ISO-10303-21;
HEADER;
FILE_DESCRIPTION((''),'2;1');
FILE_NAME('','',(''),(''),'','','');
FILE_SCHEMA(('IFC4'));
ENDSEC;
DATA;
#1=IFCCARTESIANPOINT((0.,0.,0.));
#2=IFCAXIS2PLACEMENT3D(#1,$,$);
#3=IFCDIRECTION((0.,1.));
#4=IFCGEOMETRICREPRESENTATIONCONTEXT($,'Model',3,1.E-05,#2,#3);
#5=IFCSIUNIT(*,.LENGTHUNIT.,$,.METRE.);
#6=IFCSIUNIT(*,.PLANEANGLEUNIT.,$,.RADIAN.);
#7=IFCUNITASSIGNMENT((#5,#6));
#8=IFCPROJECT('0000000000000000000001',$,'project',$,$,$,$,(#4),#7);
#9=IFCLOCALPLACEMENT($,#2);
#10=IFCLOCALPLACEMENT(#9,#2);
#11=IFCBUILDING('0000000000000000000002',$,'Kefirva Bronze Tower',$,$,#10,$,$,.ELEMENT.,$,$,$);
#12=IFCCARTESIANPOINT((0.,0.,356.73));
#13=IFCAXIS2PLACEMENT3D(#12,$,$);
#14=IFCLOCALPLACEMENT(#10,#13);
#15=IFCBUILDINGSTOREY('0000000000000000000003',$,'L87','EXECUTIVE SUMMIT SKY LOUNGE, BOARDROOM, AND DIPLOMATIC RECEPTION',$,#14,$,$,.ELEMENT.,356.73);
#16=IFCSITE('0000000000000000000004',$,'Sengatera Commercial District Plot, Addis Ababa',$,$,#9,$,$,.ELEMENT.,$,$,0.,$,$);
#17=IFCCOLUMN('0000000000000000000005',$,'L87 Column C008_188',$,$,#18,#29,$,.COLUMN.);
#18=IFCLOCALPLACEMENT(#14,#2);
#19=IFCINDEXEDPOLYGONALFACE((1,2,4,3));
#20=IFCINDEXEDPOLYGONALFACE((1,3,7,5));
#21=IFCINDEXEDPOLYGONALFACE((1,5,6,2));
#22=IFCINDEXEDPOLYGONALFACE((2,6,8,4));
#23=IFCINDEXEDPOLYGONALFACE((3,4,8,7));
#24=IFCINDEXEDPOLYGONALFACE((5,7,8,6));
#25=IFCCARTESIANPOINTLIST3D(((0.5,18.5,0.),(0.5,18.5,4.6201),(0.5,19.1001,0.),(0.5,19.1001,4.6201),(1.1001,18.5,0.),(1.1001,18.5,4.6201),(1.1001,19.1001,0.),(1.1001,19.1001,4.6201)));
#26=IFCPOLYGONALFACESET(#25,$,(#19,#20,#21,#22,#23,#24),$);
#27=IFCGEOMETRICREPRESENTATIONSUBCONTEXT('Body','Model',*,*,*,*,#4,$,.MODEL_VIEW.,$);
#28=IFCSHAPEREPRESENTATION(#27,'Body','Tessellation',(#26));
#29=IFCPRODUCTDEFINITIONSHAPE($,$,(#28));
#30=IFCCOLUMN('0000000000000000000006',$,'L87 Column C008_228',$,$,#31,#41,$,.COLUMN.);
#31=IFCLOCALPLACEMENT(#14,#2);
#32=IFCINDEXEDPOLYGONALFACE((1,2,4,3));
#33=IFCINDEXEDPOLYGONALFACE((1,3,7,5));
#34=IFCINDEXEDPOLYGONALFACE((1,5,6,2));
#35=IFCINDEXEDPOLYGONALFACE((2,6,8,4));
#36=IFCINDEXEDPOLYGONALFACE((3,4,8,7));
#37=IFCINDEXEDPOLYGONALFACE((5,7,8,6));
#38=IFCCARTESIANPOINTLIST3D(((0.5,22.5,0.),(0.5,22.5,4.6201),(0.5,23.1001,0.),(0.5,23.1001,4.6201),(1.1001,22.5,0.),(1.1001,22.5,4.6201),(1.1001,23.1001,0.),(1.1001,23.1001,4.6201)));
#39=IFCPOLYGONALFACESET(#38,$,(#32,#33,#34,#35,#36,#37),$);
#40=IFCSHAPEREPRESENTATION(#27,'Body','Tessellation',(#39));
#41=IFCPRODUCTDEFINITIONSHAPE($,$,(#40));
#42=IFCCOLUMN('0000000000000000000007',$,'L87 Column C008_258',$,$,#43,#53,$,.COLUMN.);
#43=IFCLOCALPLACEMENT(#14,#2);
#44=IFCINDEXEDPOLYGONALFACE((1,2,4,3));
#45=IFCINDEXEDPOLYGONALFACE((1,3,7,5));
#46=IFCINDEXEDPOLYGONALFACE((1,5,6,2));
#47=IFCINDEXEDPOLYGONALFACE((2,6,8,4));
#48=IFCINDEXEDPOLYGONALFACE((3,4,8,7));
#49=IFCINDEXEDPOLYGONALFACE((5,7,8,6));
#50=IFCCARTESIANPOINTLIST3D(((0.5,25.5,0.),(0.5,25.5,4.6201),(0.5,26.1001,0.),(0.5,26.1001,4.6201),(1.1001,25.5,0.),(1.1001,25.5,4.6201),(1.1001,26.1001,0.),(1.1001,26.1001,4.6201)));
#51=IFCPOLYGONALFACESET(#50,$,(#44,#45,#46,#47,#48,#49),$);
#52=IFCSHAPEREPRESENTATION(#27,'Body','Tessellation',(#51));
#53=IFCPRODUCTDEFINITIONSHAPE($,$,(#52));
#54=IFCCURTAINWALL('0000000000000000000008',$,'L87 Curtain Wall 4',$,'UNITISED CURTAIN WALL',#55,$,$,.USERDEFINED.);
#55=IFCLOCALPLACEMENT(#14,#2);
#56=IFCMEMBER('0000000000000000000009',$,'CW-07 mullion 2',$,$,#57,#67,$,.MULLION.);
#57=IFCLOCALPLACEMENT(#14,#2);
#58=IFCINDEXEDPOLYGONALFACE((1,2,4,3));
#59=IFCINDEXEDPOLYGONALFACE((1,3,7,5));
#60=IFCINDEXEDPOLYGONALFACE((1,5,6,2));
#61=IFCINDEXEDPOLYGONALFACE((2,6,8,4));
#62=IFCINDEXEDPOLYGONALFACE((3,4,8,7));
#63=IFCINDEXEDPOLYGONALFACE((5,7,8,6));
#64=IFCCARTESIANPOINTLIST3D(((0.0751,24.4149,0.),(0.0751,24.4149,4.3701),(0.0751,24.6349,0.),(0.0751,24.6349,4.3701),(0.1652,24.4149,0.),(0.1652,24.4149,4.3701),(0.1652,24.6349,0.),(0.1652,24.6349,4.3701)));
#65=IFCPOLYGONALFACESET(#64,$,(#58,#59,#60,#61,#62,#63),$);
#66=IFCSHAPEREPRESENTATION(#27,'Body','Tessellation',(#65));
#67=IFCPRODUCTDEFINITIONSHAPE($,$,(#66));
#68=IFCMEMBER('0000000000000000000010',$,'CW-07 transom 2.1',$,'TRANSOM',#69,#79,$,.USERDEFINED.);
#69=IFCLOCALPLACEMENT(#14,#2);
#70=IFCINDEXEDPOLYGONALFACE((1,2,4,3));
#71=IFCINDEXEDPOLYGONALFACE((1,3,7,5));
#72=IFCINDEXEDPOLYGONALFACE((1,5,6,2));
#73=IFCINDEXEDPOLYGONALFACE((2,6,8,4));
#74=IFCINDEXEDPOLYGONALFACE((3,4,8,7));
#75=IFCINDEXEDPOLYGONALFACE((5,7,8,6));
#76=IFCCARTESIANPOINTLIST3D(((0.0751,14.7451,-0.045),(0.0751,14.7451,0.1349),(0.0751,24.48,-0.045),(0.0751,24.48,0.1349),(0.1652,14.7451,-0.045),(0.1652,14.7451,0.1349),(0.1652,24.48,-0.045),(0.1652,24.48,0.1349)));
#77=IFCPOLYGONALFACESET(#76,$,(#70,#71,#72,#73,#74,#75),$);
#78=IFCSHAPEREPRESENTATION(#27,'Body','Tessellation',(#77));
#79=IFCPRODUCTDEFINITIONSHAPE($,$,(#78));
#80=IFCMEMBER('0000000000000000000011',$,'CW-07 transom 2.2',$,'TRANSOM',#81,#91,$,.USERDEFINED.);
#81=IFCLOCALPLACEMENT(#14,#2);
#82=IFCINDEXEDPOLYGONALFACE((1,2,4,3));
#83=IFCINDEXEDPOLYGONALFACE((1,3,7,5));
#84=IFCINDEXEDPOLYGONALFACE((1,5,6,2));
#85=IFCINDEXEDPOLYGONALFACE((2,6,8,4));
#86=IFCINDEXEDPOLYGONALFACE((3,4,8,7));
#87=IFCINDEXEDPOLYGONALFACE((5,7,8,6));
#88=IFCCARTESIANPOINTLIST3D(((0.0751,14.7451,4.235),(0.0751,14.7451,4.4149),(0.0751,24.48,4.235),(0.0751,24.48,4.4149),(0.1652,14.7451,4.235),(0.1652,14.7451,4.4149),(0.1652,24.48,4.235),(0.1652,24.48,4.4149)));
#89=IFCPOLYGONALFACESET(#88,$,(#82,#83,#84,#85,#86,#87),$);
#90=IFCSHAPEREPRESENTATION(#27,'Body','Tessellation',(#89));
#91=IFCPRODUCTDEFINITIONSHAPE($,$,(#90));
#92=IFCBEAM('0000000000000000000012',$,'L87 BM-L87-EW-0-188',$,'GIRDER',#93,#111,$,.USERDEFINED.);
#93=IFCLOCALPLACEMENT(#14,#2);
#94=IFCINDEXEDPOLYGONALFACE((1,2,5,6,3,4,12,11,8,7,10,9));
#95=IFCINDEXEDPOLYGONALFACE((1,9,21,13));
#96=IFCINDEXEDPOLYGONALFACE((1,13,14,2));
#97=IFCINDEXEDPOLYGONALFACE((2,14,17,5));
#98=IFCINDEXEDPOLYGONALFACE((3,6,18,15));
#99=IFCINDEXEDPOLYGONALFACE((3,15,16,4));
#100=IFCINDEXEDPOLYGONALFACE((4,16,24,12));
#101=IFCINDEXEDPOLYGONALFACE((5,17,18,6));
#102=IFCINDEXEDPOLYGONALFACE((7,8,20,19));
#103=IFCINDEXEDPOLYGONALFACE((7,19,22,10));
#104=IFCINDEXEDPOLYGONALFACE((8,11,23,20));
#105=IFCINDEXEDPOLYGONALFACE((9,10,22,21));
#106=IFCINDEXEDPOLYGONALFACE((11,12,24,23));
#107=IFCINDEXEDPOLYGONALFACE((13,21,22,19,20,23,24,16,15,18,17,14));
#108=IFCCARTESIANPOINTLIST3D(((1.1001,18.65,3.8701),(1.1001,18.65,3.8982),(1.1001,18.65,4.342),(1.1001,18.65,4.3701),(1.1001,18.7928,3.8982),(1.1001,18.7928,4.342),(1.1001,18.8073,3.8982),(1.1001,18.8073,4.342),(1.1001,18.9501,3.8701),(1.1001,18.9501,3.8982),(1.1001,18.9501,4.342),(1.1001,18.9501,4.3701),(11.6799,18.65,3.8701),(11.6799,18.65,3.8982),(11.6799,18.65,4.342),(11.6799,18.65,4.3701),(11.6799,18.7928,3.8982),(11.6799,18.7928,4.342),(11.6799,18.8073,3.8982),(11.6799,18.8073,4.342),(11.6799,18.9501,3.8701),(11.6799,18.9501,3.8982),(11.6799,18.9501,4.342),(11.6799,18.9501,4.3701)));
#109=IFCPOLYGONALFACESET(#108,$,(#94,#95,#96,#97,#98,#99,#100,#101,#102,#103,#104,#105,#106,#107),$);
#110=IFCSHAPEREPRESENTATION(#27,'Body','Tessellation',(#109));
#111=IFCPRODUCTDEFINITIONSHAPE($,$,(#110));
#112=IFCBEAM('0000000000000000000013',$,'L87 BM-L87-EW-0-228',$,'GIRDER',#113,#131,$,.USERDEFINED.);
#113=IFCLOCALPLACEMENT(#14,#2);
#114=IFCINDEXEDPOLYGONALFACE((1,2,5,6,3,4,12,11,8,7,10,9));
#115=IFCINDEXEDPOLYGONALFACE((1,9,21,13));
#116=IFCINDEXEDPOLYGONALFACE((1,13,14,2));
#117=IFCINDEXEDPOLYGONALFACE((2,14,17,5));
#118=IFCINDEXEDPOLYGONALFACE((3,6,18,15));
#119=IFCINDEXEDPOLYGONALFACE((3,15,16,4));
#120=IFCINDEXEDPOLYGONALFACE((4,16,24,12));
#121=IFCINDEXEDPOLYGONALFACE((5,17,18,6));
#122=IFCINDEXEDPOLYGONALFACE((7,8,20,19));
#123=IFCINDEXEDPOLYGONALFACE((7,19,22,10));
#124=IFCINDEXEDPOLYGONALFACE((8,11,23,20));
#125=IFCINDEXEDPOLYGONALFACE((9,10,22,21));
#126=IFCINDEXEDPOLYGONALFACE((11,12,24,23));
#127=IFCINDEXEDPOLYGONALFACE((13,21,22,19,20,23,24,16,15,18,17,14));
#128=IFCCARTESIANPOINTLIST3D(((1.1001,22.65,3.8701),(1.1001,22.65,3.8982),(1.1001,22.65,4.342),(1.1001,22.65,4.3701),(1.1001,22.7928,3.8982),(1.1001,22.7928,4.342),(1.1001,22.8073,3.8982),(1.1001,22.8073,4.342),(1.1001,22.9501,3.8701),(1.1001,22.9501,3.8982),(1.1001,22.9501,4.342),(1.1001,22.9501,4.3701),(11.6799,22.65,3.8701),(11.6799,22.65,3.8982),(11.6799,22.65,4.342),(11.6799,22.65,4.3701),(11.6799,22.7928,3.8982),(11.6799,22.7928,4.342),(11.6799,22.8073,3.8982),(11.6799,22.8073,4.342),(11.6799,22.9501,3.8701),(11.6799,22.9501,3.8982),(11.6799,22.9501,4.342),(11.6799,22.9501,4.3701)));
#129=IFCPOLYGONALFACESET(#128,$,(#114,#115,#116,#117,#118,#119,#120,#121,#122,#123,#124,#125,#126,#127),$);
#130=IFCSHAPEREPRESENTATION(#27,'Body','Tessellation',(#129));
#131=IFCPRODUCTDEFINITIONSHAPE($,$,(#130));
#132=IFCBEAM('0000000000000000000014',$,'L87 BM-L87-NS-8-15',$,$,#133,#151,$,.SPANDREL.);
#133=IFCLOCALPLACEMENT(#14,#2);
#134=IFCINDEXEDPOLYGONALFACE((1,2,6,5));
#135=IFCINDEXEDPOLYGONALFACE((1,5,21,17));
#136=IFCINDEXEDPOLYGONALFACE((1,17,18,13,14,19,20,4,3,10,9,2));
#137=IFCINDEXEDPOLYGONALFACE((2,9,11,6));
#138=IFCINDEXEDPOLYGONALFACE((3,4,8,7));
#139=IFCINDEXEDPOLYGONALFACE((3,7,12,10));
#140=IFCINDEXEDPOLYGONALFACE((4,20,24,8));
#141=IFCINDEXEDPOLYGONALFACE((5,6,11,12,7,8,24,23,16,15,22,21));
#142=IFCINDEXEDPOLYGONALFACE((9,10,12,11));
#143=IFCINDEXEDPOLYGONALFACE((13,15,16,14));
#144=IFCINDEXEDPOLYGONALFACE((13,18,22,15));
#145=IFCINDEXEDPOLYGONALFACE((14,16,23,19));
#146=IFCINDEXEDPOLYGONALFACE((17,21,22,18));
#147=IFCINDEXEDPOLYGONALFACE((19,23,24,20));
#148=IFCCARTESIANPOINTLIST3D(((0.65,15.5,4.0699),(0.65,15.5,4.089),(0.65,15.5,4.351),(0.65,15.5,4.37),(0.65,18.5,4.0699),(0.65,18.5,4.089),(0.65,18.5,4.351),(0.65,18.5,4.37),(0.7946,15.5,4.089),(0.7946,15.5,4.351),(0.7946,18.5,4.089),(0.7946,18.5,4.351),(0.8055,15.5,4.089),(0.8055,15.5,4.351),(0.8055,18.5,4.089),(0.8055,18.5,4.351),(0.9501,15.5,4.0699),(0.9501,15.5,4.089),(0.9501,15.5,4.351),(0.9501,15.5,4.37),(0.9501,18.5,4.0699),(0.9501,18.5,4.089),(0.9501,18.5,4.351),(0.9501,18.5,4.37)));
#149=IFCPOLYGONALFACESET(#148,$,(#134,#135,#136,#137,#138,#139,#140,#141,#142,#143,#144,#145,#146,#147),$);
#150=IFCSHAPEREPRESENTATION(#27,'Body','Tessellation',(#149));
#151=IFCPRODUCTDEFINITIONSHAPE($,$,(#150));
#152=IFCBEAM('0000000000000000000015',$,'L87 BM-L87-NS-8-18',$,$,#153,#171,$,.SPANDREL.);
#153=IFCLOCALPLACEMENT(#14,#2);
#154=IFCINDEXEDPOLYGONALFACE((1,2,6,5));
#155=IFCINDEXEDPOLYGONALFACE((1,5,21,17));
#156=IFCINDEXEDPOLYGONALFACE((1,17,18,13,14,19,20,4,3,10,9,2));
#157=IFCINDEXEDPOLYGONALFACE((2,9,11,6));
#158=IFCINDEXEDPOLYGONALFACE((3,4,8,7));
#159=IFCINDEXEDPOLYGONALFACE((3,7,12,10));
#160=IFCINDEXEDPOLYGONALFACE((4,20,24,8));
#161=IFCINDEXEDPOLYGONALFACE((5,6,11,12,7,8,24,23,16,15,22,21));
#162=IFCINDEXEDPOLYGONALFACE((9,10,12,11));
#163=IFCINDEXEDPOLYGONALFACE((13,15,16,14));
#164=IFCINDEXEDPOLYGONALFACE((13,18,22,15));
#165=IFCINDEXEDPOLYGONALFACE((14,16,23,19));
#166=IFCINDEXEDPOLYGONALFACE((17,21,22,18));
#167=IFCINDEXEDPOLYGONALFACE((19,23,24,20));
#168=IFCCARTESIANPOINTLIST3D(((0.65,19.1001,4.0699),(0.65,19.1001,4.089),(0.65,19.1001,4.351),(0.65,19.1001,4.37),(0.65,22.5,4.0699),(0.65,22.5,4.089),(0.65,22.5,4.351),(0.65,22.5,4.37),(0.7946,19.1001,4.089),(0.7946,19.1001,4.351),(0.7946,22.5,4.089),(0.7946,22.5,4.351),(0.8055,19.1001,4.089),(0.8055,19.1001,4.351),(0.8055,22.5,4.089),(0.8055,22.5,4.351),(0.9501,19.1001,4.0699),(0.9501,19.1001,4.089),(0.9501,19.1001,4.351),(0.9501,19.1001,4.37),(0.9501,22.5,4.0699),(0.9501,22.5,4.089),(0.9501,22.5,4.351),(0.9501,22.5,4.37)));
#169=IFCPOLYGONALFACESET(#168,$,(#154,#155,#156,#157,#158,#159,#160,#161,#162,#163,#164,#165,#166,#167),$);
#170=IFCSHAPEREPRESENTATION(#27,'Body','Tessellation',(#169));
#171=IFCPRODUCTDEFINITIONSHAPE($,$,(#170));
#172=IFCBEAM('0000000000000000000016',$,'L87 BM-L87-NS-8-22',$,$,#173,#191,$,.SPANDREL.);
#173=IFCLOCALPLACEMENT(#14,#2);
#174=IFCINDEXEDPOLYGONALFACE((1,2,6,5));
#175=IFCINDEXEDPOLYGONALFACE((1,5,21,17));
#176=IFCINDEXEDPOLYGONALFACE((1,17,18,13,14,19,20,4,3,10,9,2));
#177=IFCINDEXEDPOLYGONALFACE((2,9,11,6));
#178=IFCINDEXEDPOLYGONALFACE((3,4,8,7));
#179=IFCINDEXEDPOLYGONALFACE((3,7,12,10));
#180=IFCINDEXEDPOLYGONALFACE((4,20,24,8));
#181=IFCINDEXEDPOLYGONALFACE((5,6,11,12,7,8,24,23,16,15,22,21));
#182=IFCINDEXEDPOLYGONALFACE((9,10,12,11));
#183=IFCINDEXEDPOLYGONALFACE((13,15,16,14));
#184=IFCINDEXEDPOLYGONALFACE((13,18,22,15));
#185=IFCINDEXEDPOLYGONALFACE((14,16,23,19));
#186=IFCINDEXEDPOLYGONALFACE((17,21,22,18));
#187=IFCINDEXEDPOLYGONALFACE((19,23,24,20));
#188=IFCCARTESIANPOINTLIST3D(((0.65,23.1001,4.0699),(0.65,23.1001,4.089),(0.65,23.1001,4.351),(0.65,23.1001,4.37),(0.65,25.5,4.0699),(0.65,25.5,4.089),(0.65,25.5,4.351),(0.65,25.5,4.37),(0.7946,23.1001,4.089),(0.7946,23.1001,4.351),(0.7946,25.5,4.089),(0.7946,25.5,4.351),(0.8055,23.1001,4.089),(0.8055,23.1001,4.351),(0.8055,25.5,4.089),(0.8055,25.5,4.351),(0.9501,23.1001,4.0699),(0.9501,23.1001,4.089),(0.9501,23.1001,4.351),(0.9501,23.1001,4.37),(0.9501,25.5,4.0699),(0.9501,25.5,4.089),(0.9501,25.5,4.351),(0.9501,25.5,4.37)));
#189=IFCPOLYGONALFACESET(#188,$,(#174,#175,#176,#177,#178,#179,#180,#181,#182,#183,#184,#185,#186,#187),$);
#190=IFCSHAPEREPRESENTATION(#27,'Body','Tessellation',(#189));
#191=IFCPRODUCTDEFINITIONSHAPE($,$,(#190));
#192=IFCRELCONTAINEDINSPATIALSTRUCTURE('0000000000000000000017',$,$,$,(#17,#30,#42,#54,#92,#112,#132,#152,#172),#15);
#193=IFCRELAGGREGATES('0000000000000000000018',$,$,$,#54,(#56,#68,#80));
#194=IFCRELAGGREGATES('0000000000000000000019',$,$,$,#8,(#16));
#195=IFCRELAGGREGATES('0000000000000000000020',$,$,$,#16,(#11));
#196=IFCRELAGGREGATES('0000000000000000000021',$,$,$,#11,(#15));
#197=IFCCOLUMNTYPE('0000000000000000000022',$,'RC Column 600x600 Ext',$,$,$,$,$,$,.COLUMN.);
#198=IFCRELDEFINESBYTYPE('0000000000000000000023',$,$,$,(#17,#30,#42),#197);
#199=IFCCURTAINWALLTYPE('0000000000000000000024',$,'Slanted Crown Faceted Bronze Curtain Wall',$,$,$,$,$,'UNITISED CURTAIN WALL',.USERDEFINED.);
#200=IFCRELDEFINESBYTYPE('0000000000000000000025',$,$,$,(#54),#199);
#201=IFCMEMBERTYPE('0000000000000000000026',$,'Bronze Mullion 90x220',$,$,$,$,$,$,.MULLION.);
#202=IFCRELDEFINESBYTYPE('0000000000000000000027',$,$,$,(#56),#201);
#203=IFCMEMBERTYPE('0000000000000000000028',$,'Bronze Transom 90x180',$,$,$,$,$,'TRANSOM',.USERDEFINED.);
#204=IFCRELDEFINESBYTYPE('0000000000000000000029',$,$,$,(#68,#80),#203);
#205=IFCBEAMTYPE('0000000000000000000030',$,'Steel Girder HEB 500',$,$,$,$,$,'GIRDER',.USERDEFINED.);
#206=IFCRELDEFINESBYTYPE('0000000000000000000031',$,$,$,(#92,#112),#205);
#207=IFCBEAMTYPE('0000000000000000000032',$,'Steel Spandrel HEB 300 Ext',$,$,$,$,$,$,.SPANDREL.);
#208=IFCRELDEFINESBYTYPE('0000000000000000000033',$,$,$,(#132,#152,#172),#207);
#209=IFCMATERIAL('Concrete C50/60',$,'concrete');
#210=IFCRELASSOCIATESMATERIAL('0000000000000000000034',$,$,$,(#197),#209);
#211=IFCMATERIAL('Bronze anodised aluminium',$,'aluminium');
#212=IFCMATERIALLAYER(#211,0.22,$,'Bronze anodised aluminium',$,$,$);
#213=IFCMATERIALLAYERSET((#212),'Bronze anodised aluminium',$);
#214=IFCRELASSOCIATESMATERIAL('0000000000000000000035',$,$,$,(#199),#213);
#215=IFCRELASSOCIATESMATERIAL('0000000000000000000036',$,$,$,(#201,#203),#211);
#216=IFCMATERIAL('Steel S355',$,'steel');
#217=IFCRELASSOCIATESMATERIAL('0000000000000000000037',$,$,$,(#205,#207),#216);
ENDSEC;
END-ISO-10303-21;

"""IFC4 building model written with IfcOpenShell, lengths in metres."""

from ifc_helpers import new_model, si_unit, direction, frame, origin, origin_2d, place, context, subcontext, project, spatial, rectangle, i_section, extrude, material, layer, layer_set, material_profile, profile_set, type_object, element, aggregate, save


model = new_model("IFC4")

# Units and contexts
model_context = context("Model", 3, precision=1e-05, world=origin(), true_north=direction((0.0, 1.0)))
body_context = subcontext(model_context, "Body", "Model", "MODEL_VIEW")
ifc_project = project(units=[si_unit("LENGTHUNIT", "METRE"), si_unit("PLANEANGLEUNIT", "RADIAN")], contexts=[model_context])

# Site, building, storey
site_placement = place(None, origin())
site = spatial("IfcSite", under=ifc_project, at=site_placement, Name="Sengatera Commercial District Plot, Addis Ababa", CompositionType="ELEMENT", RefElevation=0.0)
building_placement = place(site_placement, origin())
building = spatial("IfcBuilding", under=site, at=building_placement, Name="Kefirva Bronze Tower", CompositionType="ELEMENT")
storey_placement = place(building_placement, frame((0.0, 0.0, 356.73)))
storey = spatial("IfcBuildingStorey", under=building, at=storey_placement, Name="L87", Description="EXECUTIVE SUMMIT SKY LOUNGE, BOARDROOM, AND DIPLOMATIC RECEPTION", CompositionType="ELEMENT", Elevation=356.73)

# Columns
ifc_material_1 = material(Name="Concrete C50/60", Category="concrete")
ifc_material_profile_1 = material_profile(ifc_material_1, rectangle(XDim=0.6001, YDim=0.6001, at=origin_2d()), Name="RC 600x600")
ifc_profile_set_1 = profile_set([ifc_material_profile_1], Name="Concrete C50/60")
column_type = type_object("IfcColumnType", Name="RC Column 600x600 Ext", PredefinedType="COLUMN", material=ifc_profile_set_1)
for number, where, z_axis, x_axis, name in (
    (1, (0.8, 18.8, 0.0), (0.0, 0.0, 1.0), (1.0, 0.0, 0.0), "L87 Column C008_188"),
    (2, (0.8, 22.8, 0.0), (0.0, 0.0, 1.0), (1.0, 0.0, 0.0), "L87 Column C008_228"),
    (3, (0.8, 25.8, 0.0), (0.0, 0.0, 1.0), (1.0, 0.0, 0.0), "L87 Column C008_258"),
):
    element("IfcColumn", number, at=place(storey_placement, frame(where, z_axis=z_axis, x_axis=x_axis)), inside=storey, type_object=column_type, Name=name, PredefinedType="COLUMN", context=body_context, shape_type="SweptSolid", body=[
        extrude(rectangle(XDim=0.6001, YDim=0.6001, at=origin_2d()), origin(), (0.0, 0.0, 1.0), 4.6201),
    ])

# Curtain wall, members
ifc_material_2 = material(Name="Bronze anodised aluminium", Category="aluminium")
ifc_layer_1 = layer(ifc_material_2, 0.22, Name="Bronze anodised aluminium")
ifc_layer_set_1 = layer_set([ifc_layer_1], Name="Bronze anodised aluminium")
curtain_wall_type = type_object("IfcCurtainWallType", Name="Slanted Crown Faceted Bronze Curtain Wall", ElementType="UNITISED CURTAIN WALL", PredefinedType="USERDEFINED", material=ifc_layer_set_1)
curtain_wall_placement = place(storey_placement, origin())
curtain_wall = element("IfcCurtainWall", 4, at=curtain_wall_placement, inside=storey, type_object=curtain_wall_type, Name="L87 Curtain Wall 4", ObjectType="UNITISED CURTAIN WALL", PredefinedType="USERDEFINED")
ifc_material_profile_2 = material_profile(ifc_material_2, rectangle(XDim=0.0901, YDim=0.22, at=origin_2d()), Name="ALU 90x220")
ifc_profile_set_2 = profile_set([ifc_material_profile_2], Name="Bronze anodised aluminium")
member_type_1 = type_object("IfcMemberType", Name="Bronze Mullion 90x220", PredefinedType="MULLION", material=ifc_profile_set_2)
member_1_placement = place(storey_placement, frame((0.1201, 24.5249, 0.0), z_axis=(0.0, 0.0, 1.0), x_axis=(1.0, 0.0, 0.0)))
member_1 = element("IfcMember", 5, at=member_1_placement, type_object=member_type_1, Name="CW-07 mullion 2", PredefinedType="MULLION", context=body_context, shape_type="SweptSolid", body=[
    extrude(rectangle(XDim=0.0901, YDim=0.22, at=origin_2d()), origin(), (0.0, 0.0, 1.0), 4.3701),
])
ifc_material_profile_3 = material_profile(ifc_material_2, rectangle(XDim=0.0901, YDim=0.1799, at=origin_2d()), Name="ALU 90x180")
ifc_profile_set_3 = profile_set([ifc_material_profile_3], Name="Bronze anodised aluminium")
member_type_2 = type_object("IfcMemberType", Name="Bronze Transom 90x180", ElementType="TRANSOM", PredefinedType="USERDEFINED", material=ifc_profile_set_3)
member_2_placement = place(storey_placement, frame((0.1201, 24.48, 0.0449), z_axis=(0.0, -1.0, 0.0), x_axis=(1.0, 0.0, 0.0)))
member_2 = element("IfcMember", 6, at=member_2_placement, type_object=member_type_2, Name="CW-07 transom 2.1", ObjectType="TRANSOM", PredefinedType="USERDEFINED", context=body_context, shape_type="SweptSolid", body=[
    extrude(rectangle(XDim=0.0901, YDim=0.1799, at=origin_2d()), origin(), (0.0, 0.0, 1.0), 9.7349),
])
member_3_placement = place(storey_placement, frame((0.1201, 24.48, 4.325), z_axis=(0.0, -1.0, 0.0), x_axis=(1.0, 0.0, 0.0)))
member_3 = element("IfcMember", 7, at=member_3_placement, type_object=member_type_2, Name="CW-07 transom 2.2", ObjectType="TRANSOM", PredefinedType="USERDEFINED", context=body_context, shape_type="SweptSolid", body=[
    extrude(rectangle(XDim=0.0901, YDim=0.1799, at=origin_2d()), origin(), (0.0, 0.0, 1.0), 9.7349),
])

# Beams
ifc_material_3 = material(Name="Steel S355", Category="steel")
ifc_material_profile_4 = material_profile(ifc_material_3, i_section(OverallWidth=0.3, OverallDepth=0.5, WebThickness=0.0144, FlangeThickness=0.0281, at=origin_2d()), Name="HEB 500")
ifc_profile_set_4 = profile_set([ifc_material_profile_4], Name="Steel S355")
beam_type_1 = type_object("IfcBeamType", Name="Steel Girder HEB 500", ElementType="GIRDER", PredefinedType="USERDEFINED", material=ifc_profile_set_4)
for number, where, z_axis, x_axis, name in (
    (8, (1.1001, 18.8, 4.1201), (1.0, 0.0, 0.0), (0.0, 1.0, 0.0), "L87 BM-L87-EW-0-188"),
    (9, (1.1001, 22.8, 4.1201), (1.0, 0.0, 0.0), (0.0, 1.0, 0.0), "L87 BM-L87-EW-0-228"),
):
    element("IfcBeam", number, at=place(storey_placement, frame(where, z_axis=z_axis, x_axis=x_axis)), inside=storey, type_object=beam_type_1, Name=name, ObjectType="GIRDER", PredefinedType="USERDEFINED", context=body_context, shape_type="SweptSolid", body=[
        extrude(i_section(OverallWidth=0.3, OverallDepth=0.5, WebThickness=0.0144, FlangeThickness=0.0281, at=origin_2d()), origin(), (0.0, 0.0, 1.0), 10.5798),
    ])
ifc_material_profile_5 = material_profile(ifc_material_3, i_section(OverallWidth=0.3, OverallDepth=0.3, WebThickness=0.011, FlangeThickness=0.019, at=origin_2d()), Name="HEB 300")
ifc_profile_set_5 = profile_set([ifc_material_profile_5], Name="Steel S355")
beam_type_2 = type_object("IfcBeamType", Name="Steel Spandrel HEB 300 Ext", PredefinedType="SPANDREL", material=ifc_profile_set_5)
beam_1_placement = place(storey_placement, frame((0.8, 15.5, 4.22), z_axis=(0.0, 1.0, 0.0), x_axis=(-1.0, 0.0, 0.0)))
element("IfcBeam", 10, at=beam_1_placement, inside=storey, type_object=beam_type_2, Name="L87 BM-L87-NS-8-15", PredefinedType="SPANDREL", context=body_context, shape_type="SweptSolid", body=[
    extrude(i_section(OverallWidth=0.3, OverallDepth=0.3, WebThickness=0.011, FlangeThickness=0.019, at=origin_2d()), origin(), (0.0, 0.0, 1.0), 3.0),
])
beam_2_placement = place(storey_placement, frame((0.8, 19.1001, 4.22), z_axis=(0.0, 1.0, 0.0), x_axis=(-1.0, 0.0, 0.0)))
element("IfcBeam", 11, at=beam_2_placement, inside=storey, type_object=beam_type_2, Name="L87 BM-L87-NS-8-18", PredefinedType="SPANDREL", context=body_context, shape_type="SweptSolid", body=[
    extrude(i_section(OverallWidth=0.3, OverallDepth=0.3, WebThickness=0.011, FlangeThickness=0.019, at=origin_2d()), origin(), (0.0, 0.0, 1.0), 3.3999),
])
beam_3_placement = place(storey_placement, frame((0.8, 23.1001, 4.22), z_axis=(0.0, 1.0, 0.0), x_axis=(-1.0, 0.0, 0.0)))
element("IfcBeam", 12, at=beam_3_placement, inside=storey, type_object=beam_type_2, Name="L87 BM-L87-NS-8-22", PredefinedType="SPANDREL", context=body_context, shape_type="SweptSolid", body=[
    extrude(i_section(OverallWidth=0.3, OverallDepth=0.3, WebThickness=0.011, FlangeThickness=0.019, at=origin_2d()), origin(), (0.0, 0.0, 1.0), 2.3999),
])

aggregate(curtain_wall, [member_1, member_2, member_3])

save(model, "model.ifc")
